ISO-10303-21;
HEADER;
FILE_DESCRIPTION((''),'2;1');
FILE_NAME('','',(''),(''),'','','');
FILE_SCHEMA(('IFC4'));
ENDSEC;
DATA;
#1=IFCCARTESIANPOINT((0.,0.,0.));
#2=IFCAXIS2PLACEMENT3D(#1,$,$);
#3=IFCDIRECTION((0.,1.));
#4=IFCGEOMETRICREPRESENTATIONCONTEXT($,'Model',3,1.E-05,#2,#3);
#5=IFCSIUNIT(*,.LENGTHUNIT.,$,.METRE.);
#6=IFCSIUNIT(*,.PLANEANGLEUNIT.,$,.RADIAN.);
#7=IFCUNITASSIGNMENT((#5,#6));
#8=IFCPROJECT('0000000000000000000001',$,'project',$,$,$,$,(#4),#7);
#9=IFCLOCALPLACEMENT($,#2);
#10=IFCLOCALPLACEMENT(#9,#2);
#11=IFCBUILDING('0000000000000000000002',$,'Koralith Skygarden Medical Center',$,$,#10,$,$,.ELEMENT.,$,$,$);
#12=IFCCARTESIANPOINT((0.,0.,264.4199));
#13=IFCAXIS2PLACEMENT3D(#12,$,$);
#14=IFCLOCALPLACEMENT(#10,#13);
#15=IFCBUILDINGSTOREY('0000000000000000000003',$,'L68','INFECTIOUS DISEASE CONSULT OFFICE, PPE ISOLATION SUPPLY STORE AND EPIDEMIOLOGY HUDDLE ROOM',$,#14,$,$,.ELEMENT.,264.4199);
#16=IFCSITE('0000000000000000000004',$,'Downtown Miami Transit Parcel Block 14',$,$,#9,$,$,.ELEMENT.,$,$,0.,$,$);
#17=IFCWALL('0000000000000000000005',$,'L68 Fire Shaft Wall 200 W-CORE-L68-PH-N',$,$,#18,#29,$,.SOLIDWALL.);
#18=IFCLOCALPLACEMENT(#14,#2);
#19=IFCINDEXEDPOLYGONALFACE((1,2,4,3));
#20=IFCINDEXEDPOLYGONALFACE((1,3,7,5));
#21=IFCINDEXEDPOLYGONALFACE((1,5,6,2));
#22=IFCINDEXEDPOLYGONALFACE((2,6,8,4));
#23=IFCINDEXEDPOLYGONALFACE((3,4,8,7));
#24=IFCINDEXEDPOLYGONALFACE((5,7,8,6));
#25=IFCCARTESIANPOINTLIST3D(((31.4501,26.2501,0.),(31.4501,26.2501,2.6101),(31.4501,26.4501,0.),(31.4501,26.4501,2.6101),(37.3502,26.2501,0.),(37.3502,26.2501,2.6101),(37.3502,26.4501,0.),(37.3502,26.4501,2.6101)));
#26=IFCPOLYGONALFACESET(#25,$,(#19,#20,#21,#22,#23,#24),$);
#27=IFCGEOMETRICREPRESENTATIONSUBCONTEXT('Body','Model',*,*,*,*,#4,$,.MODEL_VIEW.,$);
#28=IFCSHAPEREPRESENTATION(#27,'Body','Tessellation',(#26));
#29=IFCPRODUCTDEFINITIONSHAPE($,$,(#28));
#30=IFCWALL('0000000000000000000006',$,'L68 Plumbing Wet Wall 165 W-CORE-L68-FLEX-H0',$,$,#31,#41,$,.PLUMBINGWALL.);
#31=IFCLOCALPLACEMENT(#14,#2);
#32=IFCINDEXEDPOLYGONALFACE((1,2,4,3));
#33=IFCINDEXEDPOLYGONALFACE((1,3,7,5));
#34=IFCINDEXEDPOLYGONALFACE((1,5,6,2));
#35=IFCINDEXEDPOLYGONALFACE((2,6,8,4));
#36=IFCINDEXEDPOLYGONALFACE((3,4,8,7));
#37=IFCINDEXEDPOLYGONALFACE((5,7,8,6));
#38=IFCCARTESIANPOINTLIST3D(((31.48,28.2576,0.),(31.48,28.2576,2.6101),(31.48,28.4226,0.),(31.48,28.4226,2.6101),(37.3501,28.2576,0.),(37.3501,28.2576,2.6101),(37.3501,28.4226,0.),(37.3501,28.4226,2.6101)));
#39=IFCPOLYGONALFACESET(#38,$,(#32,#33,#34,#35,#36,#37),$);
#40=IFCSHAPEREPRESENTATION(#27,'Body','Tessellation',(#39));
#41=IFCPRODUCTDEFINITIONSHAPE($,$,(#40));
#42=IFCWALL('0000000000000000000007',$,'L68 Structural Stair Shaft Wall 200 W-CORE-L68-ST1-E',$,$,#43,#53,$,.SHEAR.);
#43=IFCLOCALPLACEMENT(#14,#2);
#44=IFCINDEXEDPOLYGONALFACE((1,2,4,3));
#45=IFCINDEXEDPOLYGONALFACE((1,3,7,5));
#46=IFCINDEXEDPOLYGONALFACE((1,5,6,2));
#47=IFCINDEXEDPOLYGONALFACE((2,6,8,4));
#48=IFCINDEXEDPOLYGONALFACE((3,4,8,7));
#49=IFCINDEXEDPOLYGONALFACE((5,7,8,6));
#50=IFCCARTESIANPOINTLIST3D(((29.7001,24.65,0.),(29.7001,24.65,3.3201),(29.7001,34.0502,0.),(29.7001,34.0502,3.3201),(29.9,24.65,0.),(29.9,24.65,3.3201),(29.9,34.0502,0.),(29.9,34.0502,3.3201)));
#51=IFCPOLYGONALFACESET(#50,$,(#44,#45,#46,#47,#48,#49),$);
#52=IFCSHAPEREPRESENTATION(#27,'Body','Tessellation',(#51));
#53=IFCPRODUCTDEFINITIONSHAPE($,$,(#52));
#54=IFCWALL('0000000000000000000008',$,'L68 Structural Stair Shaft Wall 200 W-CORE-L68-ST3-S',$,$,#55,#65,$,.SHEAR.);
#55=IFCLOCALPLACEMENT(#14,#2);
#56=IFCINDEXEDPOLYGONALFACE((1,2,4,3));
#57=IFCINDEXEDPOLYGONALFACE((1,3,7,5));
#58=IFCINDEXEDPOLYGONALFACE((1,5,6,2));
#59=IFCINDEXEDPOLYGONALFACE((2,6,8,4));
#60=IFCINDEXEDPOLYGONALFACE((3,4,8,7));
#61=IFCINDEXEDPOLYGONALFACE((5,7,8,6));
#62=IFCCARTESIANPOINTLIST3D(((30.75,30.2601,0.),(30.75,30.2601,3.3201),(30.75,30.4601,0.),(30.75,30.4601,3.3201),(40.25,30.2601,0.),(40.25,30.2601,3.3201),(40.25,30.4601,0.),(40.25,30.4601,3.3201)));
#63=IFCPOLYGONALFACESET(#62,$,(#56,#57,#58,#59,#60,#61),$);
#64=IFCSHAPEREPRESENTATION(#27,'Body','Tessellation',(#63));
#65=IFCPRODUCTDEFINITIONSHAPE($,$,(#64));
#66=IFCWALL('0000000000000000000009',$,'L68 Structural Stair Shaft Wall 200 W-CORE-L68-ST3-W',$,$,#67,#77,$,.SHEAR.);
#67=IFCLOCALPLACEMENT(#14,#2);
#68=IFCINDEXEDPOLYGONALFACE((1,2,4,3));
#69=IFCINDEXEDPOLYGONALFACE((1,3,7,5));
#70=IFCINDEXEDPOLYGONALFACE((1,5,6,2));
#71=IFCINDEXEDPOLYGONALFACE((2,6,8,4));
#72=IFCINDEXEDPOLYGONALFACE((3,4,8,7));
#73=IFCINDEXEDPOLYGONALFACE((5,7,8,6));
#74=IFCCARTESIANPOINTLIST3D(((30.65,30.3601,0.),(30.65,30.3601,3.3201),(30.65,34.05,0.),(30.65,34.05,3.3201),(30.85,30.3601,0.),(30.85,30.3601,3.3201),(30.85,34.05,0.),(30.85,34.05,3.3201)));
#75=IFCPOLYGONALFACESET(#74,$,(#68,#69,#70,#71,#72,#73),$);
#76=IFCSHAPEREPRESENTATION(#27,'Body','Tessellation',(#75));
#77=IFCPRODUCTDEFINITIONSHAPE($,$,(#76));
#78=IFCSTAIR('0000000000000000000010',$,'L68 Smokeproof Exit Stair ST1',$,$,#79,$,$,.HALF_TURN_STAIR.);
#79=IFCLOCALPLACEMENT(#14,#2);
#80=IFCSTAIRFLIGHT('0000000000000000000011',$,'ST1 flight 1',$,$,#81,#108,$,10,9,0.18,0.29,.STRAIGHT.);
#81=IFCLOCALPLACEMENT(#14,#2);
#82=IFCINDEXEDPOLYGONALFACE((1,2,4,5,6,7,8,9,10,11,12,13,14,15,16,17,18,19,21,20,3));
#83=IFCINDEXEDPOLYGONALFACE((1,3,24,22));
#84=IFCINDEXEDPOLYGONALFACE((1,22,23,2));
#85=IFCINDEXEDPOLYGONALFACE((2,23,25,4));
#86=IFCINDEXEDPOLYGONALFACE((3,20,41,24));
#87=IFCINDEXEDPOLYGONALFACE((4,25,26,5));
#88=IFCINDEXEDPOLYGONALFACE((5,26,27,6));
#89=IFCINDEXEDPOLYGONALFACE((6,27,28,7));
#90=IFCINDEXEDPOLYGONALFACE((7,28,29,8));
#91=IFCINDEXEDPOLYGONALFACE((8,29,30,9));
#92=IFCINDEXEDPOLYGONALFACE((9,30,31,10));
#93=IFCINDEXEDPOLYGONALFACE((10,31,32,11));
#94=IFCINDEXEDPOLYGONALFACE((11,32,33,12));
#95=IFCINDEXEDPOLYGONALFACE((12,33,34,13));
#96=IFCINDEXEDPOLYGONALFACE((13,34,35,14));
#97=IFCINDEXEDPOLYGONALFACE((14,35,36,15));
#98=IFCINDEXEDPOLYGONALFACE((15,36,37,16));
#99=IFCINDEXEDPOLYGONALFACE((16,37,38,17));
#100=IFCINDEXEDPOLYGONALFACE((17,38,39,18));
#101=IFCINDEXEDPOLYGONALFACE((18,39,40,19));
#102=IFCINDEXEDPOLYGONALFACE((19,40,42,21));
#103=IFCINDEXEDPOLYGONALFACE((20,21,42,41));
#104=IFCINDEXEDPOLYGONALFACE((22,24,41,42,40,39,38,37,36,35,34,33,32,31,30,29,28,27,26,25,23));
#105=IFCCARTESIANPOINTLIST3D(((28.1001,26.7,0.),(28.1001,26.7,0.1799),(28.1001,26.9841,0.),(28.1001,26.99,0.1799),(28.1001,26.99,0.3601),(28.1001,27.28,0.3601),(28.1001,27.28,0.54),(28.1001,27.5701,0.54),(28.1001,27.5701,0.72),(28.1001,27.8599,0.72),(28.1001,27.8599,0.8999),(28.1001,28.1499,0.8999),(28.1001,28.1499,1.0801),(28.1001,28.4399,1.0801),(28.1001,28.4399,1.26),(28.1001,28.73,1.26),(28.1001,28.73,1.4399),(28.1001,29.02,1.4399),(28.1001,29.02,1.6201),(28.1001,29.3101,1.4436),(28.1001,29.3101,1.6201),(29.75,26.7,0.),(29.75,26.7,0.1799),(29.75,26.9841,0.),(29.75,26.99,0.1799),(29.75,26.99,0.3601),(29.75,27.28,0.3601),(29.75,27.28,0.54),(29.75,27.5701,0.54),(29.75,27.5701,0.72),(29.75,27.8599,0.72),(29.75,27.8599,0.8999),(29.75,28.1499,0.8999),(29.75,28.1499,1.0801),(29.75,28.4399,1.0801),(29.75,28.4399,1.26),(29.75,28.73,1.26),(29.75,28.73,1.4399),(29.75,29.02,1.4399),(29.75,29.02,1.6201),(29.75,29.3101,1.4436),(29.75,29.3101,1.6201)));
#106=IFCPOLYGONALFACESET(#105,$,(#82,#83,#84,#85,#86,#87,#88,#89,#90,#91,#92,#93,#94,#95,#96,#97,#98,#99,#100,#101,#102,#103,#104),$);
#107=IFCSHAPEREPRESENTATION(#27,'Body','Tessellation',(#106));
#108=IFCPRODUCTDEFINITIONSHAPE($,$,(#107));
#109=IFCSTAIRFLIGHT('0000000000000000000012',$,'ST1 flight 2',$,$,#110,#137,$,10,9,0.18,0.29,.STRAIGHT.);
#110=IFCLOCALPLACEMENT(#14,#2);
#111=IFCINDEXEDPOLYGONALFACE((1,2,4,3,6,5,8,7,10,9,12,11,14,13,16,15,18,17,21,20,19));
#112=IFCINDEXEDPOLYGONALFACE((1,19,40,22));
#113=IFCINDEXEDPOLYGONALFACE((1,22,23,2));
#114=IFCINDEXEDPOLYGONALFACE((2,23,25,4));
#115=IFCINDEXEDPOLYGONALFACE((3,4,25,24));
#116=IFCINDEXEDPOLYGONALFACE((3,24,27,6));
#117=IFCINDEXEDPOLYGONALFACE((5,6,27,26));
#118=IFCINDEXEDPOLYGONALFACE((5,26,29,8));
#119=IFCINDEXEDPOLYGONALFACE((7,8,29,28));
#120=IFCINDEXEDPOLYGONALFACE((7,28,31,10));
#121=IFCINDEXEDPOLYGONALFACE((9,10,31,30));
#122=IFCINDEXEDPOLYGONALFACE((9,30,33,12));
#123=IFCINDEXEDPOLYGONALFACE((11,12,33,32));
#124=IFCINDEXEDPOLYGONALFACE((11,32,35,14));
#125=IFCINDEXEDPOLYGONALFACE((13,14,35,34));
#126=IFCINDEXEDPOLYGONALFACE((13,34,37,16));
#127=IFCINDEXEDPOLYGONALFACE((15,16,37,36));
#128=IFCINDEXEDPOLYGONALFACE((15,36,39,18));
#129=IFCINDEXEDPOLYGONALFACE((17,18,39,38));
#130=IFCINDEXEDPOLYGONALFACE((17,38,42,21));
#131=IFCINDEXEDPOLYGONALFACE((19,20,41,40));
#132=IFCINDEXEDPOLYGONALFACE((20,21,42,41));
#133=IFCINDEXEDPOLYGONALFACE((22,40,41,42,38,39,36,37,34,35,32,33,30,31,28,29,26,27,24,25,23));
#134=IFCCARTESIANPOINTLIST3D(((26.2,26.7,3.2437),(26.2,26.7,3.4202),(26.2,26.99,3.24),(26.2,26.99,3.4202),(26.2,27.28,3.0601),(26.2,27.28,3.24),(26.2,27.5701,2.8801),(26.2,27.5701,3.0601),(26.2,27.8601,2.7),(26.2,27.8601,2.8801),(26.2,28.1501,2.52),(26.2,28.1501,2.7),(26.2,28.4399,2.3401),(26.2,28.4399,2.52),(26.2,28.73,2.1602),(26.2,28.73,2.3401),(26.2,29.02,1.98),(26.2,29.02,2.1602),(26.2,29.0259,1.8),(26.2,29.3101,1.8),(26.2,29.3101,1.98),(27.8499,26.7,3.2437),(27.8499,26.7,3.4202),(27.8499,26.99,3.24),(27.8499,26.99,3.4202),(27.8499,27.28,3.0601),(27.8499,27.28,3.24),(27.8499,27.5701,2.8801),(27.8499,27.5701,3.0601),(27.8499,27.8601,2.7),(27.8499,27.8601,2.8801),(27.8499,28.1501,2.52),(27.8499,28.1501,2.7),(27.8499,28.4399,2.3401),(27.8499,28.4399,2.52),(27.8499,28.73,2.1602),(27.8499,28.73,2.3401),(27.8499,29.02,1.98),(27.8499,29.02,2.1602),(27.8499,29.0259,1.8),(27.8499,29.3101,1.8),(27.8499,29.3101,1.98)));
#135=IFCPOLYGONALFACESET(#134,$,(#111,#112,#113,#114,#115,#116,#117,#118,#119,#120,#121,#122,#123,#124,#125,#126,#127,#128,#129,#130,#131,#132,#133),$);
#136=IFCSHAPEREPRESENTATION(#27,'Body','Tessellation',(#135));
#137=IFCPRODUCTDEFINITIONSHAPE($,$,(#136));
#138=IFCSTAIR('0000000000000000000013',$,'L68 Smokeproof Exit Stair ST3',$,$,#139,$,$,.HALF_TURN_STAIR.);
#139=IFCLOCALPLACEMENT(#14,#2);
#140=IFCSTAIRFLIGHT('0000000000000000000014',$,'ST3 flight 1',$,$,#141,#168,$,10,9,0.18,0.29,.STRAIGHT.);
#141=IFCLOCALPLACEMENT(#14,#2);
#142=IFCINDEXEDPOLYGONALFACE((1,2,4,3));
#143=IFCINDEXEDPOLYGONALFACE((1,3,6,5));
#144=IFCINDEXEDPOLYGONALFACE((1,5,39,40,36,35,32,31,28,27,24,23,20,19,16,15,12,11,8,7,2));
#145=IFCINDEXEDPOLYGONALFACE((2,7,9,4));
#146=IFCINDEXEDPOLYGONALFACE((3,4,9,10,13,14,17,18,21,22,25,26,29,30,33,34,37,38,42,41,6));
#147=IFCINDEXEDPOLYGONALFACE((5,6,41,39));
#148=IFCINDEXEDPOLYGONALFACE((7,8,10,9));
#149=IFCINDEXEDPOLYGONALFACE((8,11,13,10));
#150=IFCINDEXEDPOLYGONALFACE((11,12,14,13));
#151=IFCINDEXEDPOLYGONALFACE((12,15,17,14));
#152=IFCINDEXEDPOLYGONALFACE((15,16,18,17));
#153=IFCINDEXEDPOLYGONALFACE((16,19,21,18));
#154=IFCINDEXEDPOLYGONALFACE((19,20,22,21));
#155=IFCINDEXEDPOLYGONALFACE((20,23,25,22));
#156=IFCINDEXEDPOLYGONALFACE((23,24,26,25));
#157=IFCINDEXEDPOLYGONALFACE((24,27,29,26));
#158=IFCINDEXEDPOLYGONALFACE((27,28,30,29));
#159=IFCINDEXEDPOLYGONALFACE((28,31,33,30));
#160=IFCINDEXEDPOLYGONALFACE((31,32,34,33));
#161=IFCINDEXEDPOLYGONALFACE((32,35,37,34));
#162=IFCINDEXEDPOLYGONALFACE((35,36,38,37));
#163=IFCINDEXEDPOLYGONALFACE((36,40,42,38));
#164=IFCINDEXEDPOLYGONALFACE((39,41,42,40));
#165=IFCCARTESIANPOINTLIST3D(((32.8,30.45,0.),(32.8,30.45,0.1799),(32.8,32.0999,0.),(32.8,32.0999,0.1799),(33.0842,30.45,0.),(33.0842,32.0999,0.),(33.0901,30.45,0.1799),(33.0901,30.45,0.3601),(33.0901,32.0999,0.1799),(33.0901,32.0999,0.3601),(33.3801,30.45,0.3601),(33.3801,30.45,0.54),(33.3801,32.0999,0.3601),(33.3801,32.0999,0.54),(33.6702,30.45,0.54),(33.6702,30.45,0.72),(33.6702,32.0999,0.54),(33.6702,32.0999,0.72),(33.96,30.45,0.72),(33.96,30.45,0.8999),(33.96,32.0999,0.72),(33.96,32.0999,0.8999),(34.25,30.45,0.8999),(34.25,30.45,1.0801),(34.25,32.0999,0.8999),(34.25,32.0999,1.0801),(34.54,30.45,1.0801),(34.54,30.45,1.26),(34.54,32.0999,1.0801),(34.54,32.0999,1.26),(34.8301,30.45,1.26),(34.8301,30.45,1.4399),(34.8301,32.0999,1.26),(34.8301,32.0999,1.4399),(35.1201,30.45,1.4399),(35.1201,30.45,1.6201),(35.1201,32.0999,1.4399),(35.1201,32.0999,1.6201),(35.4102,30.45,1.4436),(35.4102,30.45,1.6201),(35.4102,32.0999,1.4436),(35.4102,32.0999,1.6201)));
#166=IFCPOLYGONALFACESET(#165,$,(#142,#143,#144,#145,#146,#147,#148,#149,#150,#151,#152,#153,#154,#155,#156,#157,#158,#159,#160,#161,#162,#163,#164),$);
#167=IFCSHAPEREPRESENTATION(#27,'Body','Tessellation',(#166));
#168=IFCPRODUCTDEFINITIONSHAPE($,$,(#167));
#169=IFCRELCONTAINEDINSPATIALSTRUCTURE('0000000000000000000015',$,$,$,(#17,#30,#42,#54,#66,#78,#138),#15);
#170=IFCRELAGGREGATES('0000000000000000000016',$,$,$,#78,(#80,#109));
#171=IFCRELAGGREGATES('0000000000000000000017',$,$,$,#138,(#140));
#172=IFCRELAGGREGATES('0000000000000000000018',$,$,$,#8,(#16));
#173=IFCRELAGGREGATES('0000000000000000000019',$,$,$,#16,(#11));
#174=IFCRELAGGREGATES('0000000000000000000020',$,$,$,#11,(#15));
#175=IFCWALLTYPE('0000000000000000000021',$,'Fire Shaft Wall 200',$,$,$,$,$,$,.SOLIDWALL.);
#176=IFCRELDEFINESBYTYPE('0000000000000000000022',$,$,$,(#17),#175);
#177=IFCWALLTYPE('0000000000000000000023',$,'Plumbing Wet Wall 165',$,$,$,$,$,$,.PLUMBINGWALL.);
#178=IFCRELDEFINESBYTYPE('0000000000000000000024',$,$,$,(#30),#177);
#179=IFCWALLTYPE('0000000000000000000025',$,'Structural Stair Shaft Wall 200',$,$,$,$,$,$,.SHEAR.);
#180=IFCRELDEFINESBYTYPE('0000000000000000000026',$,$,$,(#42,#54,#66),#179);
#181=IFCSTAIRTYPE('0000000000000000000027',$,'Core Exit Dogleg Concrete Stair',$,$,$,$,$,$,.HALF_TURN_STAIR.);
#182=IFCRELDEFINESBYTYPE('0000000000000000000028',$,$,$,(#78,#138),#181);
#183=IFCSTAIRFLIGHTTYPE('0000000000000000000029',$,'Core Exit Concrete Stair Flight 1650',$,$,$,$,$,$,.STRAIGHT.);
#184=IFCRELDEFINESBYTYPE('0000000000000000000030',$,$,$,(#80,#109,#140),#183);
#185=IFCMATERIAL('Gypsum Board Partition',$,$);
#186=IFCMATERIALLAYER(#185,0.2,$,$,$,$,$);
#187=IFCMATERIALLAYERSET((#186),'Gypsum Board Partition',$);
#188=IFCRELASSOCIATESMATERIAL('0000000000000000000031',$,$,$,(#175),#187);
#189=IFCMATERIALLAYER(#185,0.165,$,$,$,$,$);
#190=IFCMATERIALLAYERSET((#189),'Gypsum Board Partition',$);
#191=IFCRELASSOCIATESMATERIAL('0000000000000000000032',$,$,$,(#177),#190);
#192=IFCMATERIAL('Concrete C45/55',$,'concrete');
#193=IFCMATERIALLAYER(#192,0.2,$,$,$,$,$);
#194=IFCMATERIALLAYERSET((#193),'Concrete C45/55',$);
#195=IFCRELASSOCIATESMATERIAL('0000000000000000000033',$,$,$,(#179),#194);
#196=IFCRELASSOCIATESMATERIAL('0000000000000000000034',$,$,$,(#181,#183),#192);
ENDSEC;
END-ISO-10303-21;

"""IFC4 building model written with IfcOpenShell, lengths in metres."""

from ifc_helpers import new_model, si_unit, direction, frame, frame_2d, origin, place, context, subcontext, project, spatial, polyline, rectangle, outline, extrude, material, layer, layer_set, type_object, element, aggregate, save


model = new_model("IFC4")

# Units and contexts
model_context = context("Model", 3, precision=1e-05, world=origin(), true_north=direction((0.0, 1.0)))
body_context = subcontext(model_context, "Body", "Model", "MODEL_VIEW")
ifc_project = project(units=[si_unit("LENGTHUNIT", "METRE"), si_unit("PLANEANGLEUNIT", "RADIAN")], contexts=[model_context])

# Site, building, storey
site_placement = place(None, origin())
site = spatial("IfcSite", under=ifc_project, at=site_placement, Name="Downtown Miami Transit Parcel Block 14", CompositionType="ELEMENT", RefElevation=0.0)
building_placement = place(site_placement, origin())
building = spatial("IfcBuilding", under=site, at=building_placement, Name="Koralith Skygarden Medical Center", CompositionType="ELEMENT")
storey_placement = place(building_placement, frame((0.0, 0.0, 264.4199)))
storey = spatial("IfcBuildingStorey", under=building, at=storey_placement, Name="L68", Description="INFECTIOUS DISEASE CONSULT OFFICE, PPE ISOLATION SUPPLY STORE AND EPIDEMIOLOGY HUDDLE ROOM", CompositionType="ELEMENT", Elevation=264.4199)

# Wall
ifc_material_1 = material(Name="Gypsum Board Partition")
ifc_layer_1 = layer(ifc_material_1, 0.2)
ifc_layer_set_1 = layer_set([ifc_layer_1], Name="Gypsum Board Partition")
wall_type_1 = type_object("IfcWallType", Name="Fire Shaft Wall 200", PredefinedType="SOLIDWALL", material=ifc_layer_set_1)
wall_1_placement = place(storey_placement, frame((31.45, 26.3501, 0.0), z_axis=(0.0, 0.0, 1.0), x_axis=(1.0, 0.0, 0.0)))
element("IfcWall", 1, at=wall_1_placement, inside=storey, type_object=wall_type_1, Name="L68 Fire Shaft Wall 200 W-CORE-L68-PH-N", PredefinedType="SOLIDWALL", context=body_context, shape_type="SweptSolid", body=[
    extrude(rectangle(XDim=5.9001, YDim=0.2, at=frame_2d((2.9502, 0.0))), origin(), (0.0, 0.0, 1.0), 2.6101),
])

# Shared definitions
ifc_layer_2 = layer(ifc_material_1, 0.165)
ifc_layer_set_2 = layer_set([ifc_layer_2], Name="Gypsum Board Partition")
wall_type_2 = type_object("IfcWallType", Name="Plumbing Wet Wall 165", PredefinedType="PLUMBINGWALL", material=ifc_layer_set_2)

# Walls
wall_2_placement = place(storey_placement, frame((31.48, 28.3401, 0.0), z_axis=(0.0, 0.0, 1.0), x_axis=(1.0, 0.0, 0.0)))
element("IfcWall", 2, at=wall_2_placement, inside=storey, type_object=wall_type_2, Name="L68 Plumbing Wet Wall 165 W-CORE-L68-FLEX-H0", PredefinedType="PLUMBINGWALL", context=body_context, shape_type="SweptSolid", body=[
    extrude(rectangle(XDim=5.8701, YDim=0.165, at=frame_2d((2.9351, 0.0))), origin(), (0.0, 0.0, 1.0), 2.6101),
])
ifc_material_2 = material(Name="Concrete C45/55", Category="concrete")
ifc_layer_3 = layer(ifc_material_2, 0.2)
ifc_layer_set_3 = layer_set([ifc_layer_3], Name="Concrete C45/55")
wall_type_3 = type_object("IfcWallType", Name="Structural Stair Shaft Wall 200", PredefinedType="SHEAR", material=ifc_layer_set_3)
wall_3_placement = place(storey_placement, frame((29.8, 24.6499, 0.0), z_axis=(0.0, 0.0, 1.0), x_axis=(0.0, 1.0, 0.0)))
element("IfcWall", 3, at=wall_3_placement, inside=storey, type_object=wall_type_3, Name="L68 Structural Stair Shaft Wall 200 W-CORE-L68-ST1-E", PredefinedType="SHEAR", context=body_context, shape_type="SweptSolid", body=[
    extrude(rectangle(XDim=9.4001, YDim=0.2, at=frame_2d((4.7002, 0.0))), origin(), (0.0, 0.0, 1.0), 3.3201),
])
wall_4_placement = place(storey_placement, frame((30.75, 30.3601, 0.0), z_axis=(0.0, 0.0, 1.0), x_axis=(1.0, 0.0, 0.0)))
element("IfcWall", 4, at=wall_4_placement, inside=storey, type_object=wall_type_3, Name="L68 Structural Stair Shaft Wall 200 W-CORE-L68-ST3-S", PredefinedType="SHEAR", context=body_context, shape_type="SweptSolid", body=[
    extrude(rectangle(XDim=9.5, YDim=0.2, at=frame_2d((4.75, 0.0))), origin(), (0.0, 0.0, 1.0), 3.3201),
])
wall_5_placement = place(storey_placement, frame((30.75, 30.3601, 0.0), z_axis=(0.0, 0.0, 1.0), x_axis=(0.0, 1.0, 0.0)))
element("IfcWall", 5, at=wall_5_placement, inside=storey, type_object=wall_type_3, Name="L68 Structural Stair Shaft Wall 200 W-CORE-L68-ST3-W", PredefinedType="SHEAR", context=body_context, shape_type="SweptSolid", body=[
    extrude(rectangle(XDim=3.6899, YDim=0.2, at=frame_2d((1.845, 0.0))), origin(), (0.0, 0.0, 1.0), 3.3201),
])

# Stair, stair flights
stair_type = type_object("IfcStairType", Name="Core Exit Dogleg Concrete Stair", PredefinedType="HALF_TURN_STAIR", material=ifc_material_2)
stair_1_placement = place(storey_placement, origin())
stair_1 = element("IfcStair", 6, at=stair_1_placement, inside=storey, type_object=stair_type, Name="L68 Smokeproof Exit Stair ST1", PredefinedType="HALF_TURN_STAIR")
stair_flight_type = type_object("IfcStairFlightType", Name="Core Exit Concrete Stair Flight 1650", PredefinedType="STRAIGHT", material=ifc_material_2)
stair_flight_1_placement = place(storey_placement, frame((28.925, 26.7, 0.0), z_axis=(0.0, 0.0, 1.0), x_axis=(0.0, 1.0, 0.0)))
stair_flight_1 = element("IfcStairFlight", 7, at=stair_flight_1_placement, type_object=stair_flight_type, Name="ST1 flight 1", NumberOfRisers=10, NumberOfTreads=9, PredefinedType="STRAIGHT", RiserHeight=0.18, TreadLength=0.29, context=body_context, shape_type="SweptSolid", body=[
    extrude(outline(polyline([(0.0, 0.0), (0.0, 0.1799), (0.29, 0.1799), (0.29, 0.3601), (0.5801, 0.3601), (0.5801, 0.54), (0.8701, 0.54), (0.8701, 0.72), (1.1599, 0.72), (1.1599, 0.8999), (1.45, 0.8999), (1.45, 1.0801), (1.74, 1.0801), (1.74, 1.26), (2.03, 1.26), (2.03, 1.4399), (2.3201, 1.4399), (2.3201, 1.6201), (2.6101, 1.6201), (2.6101, 1.8), (2.6101, 1.4436), (0.2842, 0.0), (0.0, 0.0)])), frame((0.0, 0.825, 0.0), z_axis=(0.0, -1.0, 0.0), x_axis=(1.0, 0.0, 0.0)), (0.0, 0.0, 1.0), 1.6499),
])
stair_flight_2_placement = place(storey_placement, frame((27.0249, 29.3101, 1.8), z_axis=(0.0, 0.0, 1.0), x_axis=(0.0, -1.0, 0.0)))
stair_flight_2 = element("IfcStairFlight", 8, at=stair_flight_2_placement, type_object=stair_flight_type, Name="ST1 flight 2", NumberOfRisers=10, NumberOfTreads=9, PredefinedType="STRAIGHT", RiserHeight=0.18, TreadLength=0.29, context=body_context, shape_type="SweptSolid", body=[
    extrude(outline(polyline([(0.0, 0.0), (0.0, 0.1799), (0.29, 0.1799), (0.29, 0.3601), (0.5801, 0.3601), (0.5801, 0.54), (0.8701, 0.54), (0.8701, 0.72), (1.1599, 0.72), (1.1599, 0.8999), (1.45, 0.8999), (1.45, 1.0801), (1.74, 1.0801), (1.74, 1.26), (2.03, 1.26), (2.03, 1.4399), (2.3201, 1.4399), (2.3201, 1.6201), (2.6101, 1.6201), (2.6101, 1.8), (2.6101, 1.4436), (0.2842, 0.0), (0.0, 0.0)])), frame((0.0, 0.825, 0.0), z_axis=(0.0, -1.0, 0.0), x_axis=(1.0, 0.0, 0.0)), (0.0, 0.0, 1.0), 1.6499),
])
aggregate(stair_1, [stair_flight_1, stair_flight_2])

# Stair, stair flight
stair_2_placement = place(storey_placement, origin())
stair_2 = element("IfcStair", 9, at=stair_2_placement, inside=storey, type_object=stair_type, Name="L68 Smokeproof Exit Stair ST3", PredefinedType="HALF_TURN_STAIR")
stair_flight_3_placement = place(storey_placement, frame((32.8, 31.2749, 0.0), z_axis=(0.0, 0.0, 1.0), x_axis=(1.0, 0.0, 0.0)))
stair_flight_3 = element("IfcStairFlight", 10, at=stair_flight_3_placement, type_object=stair_flight_type, Name="ST3 flight 1", NumberOfRisers=10, NumberOfTreads=9, PredefinedType="STRAIGHT", RiserHeight=0.18, TreadLength=0.29, context=body_context, shape_type="SweptSolid", body=[
    extrude(outline(polyline([(0.0, 0.0), (0.0, 0.1799), (0.29, 0.1799), (0.29, 0.3601), (0.5801, 0.3601), (0.5801, 0.54), (0.8701, 0.54), (0.8701, 0.72), (1.1599, 0.72), (1.1599, 0.8999), (1.45, 0.8999), (1.45, 1.0801), (1.74, 1.0801), (1.74, 1.26), (2.03, 1.26), (2.03, 1.4399), (2.3201, 1.4399), (2.3201, 1.6201), (2.6101, 1.6201), (2.6101, 1.8), (2.6101, 1.4436), (0.2842, 0.0), (0.0, 0.0)])), frame((0.0, 0.825, 0.0), z_axis=(0.0, -1.0, 0.0), x_axis=(1.0, 0.0, 0.0)), (0.0, 0.0, 1.0), 1.6499),
])
aggregate(stair_2, [stair_flight_3])

save(model, "model.ifc")
